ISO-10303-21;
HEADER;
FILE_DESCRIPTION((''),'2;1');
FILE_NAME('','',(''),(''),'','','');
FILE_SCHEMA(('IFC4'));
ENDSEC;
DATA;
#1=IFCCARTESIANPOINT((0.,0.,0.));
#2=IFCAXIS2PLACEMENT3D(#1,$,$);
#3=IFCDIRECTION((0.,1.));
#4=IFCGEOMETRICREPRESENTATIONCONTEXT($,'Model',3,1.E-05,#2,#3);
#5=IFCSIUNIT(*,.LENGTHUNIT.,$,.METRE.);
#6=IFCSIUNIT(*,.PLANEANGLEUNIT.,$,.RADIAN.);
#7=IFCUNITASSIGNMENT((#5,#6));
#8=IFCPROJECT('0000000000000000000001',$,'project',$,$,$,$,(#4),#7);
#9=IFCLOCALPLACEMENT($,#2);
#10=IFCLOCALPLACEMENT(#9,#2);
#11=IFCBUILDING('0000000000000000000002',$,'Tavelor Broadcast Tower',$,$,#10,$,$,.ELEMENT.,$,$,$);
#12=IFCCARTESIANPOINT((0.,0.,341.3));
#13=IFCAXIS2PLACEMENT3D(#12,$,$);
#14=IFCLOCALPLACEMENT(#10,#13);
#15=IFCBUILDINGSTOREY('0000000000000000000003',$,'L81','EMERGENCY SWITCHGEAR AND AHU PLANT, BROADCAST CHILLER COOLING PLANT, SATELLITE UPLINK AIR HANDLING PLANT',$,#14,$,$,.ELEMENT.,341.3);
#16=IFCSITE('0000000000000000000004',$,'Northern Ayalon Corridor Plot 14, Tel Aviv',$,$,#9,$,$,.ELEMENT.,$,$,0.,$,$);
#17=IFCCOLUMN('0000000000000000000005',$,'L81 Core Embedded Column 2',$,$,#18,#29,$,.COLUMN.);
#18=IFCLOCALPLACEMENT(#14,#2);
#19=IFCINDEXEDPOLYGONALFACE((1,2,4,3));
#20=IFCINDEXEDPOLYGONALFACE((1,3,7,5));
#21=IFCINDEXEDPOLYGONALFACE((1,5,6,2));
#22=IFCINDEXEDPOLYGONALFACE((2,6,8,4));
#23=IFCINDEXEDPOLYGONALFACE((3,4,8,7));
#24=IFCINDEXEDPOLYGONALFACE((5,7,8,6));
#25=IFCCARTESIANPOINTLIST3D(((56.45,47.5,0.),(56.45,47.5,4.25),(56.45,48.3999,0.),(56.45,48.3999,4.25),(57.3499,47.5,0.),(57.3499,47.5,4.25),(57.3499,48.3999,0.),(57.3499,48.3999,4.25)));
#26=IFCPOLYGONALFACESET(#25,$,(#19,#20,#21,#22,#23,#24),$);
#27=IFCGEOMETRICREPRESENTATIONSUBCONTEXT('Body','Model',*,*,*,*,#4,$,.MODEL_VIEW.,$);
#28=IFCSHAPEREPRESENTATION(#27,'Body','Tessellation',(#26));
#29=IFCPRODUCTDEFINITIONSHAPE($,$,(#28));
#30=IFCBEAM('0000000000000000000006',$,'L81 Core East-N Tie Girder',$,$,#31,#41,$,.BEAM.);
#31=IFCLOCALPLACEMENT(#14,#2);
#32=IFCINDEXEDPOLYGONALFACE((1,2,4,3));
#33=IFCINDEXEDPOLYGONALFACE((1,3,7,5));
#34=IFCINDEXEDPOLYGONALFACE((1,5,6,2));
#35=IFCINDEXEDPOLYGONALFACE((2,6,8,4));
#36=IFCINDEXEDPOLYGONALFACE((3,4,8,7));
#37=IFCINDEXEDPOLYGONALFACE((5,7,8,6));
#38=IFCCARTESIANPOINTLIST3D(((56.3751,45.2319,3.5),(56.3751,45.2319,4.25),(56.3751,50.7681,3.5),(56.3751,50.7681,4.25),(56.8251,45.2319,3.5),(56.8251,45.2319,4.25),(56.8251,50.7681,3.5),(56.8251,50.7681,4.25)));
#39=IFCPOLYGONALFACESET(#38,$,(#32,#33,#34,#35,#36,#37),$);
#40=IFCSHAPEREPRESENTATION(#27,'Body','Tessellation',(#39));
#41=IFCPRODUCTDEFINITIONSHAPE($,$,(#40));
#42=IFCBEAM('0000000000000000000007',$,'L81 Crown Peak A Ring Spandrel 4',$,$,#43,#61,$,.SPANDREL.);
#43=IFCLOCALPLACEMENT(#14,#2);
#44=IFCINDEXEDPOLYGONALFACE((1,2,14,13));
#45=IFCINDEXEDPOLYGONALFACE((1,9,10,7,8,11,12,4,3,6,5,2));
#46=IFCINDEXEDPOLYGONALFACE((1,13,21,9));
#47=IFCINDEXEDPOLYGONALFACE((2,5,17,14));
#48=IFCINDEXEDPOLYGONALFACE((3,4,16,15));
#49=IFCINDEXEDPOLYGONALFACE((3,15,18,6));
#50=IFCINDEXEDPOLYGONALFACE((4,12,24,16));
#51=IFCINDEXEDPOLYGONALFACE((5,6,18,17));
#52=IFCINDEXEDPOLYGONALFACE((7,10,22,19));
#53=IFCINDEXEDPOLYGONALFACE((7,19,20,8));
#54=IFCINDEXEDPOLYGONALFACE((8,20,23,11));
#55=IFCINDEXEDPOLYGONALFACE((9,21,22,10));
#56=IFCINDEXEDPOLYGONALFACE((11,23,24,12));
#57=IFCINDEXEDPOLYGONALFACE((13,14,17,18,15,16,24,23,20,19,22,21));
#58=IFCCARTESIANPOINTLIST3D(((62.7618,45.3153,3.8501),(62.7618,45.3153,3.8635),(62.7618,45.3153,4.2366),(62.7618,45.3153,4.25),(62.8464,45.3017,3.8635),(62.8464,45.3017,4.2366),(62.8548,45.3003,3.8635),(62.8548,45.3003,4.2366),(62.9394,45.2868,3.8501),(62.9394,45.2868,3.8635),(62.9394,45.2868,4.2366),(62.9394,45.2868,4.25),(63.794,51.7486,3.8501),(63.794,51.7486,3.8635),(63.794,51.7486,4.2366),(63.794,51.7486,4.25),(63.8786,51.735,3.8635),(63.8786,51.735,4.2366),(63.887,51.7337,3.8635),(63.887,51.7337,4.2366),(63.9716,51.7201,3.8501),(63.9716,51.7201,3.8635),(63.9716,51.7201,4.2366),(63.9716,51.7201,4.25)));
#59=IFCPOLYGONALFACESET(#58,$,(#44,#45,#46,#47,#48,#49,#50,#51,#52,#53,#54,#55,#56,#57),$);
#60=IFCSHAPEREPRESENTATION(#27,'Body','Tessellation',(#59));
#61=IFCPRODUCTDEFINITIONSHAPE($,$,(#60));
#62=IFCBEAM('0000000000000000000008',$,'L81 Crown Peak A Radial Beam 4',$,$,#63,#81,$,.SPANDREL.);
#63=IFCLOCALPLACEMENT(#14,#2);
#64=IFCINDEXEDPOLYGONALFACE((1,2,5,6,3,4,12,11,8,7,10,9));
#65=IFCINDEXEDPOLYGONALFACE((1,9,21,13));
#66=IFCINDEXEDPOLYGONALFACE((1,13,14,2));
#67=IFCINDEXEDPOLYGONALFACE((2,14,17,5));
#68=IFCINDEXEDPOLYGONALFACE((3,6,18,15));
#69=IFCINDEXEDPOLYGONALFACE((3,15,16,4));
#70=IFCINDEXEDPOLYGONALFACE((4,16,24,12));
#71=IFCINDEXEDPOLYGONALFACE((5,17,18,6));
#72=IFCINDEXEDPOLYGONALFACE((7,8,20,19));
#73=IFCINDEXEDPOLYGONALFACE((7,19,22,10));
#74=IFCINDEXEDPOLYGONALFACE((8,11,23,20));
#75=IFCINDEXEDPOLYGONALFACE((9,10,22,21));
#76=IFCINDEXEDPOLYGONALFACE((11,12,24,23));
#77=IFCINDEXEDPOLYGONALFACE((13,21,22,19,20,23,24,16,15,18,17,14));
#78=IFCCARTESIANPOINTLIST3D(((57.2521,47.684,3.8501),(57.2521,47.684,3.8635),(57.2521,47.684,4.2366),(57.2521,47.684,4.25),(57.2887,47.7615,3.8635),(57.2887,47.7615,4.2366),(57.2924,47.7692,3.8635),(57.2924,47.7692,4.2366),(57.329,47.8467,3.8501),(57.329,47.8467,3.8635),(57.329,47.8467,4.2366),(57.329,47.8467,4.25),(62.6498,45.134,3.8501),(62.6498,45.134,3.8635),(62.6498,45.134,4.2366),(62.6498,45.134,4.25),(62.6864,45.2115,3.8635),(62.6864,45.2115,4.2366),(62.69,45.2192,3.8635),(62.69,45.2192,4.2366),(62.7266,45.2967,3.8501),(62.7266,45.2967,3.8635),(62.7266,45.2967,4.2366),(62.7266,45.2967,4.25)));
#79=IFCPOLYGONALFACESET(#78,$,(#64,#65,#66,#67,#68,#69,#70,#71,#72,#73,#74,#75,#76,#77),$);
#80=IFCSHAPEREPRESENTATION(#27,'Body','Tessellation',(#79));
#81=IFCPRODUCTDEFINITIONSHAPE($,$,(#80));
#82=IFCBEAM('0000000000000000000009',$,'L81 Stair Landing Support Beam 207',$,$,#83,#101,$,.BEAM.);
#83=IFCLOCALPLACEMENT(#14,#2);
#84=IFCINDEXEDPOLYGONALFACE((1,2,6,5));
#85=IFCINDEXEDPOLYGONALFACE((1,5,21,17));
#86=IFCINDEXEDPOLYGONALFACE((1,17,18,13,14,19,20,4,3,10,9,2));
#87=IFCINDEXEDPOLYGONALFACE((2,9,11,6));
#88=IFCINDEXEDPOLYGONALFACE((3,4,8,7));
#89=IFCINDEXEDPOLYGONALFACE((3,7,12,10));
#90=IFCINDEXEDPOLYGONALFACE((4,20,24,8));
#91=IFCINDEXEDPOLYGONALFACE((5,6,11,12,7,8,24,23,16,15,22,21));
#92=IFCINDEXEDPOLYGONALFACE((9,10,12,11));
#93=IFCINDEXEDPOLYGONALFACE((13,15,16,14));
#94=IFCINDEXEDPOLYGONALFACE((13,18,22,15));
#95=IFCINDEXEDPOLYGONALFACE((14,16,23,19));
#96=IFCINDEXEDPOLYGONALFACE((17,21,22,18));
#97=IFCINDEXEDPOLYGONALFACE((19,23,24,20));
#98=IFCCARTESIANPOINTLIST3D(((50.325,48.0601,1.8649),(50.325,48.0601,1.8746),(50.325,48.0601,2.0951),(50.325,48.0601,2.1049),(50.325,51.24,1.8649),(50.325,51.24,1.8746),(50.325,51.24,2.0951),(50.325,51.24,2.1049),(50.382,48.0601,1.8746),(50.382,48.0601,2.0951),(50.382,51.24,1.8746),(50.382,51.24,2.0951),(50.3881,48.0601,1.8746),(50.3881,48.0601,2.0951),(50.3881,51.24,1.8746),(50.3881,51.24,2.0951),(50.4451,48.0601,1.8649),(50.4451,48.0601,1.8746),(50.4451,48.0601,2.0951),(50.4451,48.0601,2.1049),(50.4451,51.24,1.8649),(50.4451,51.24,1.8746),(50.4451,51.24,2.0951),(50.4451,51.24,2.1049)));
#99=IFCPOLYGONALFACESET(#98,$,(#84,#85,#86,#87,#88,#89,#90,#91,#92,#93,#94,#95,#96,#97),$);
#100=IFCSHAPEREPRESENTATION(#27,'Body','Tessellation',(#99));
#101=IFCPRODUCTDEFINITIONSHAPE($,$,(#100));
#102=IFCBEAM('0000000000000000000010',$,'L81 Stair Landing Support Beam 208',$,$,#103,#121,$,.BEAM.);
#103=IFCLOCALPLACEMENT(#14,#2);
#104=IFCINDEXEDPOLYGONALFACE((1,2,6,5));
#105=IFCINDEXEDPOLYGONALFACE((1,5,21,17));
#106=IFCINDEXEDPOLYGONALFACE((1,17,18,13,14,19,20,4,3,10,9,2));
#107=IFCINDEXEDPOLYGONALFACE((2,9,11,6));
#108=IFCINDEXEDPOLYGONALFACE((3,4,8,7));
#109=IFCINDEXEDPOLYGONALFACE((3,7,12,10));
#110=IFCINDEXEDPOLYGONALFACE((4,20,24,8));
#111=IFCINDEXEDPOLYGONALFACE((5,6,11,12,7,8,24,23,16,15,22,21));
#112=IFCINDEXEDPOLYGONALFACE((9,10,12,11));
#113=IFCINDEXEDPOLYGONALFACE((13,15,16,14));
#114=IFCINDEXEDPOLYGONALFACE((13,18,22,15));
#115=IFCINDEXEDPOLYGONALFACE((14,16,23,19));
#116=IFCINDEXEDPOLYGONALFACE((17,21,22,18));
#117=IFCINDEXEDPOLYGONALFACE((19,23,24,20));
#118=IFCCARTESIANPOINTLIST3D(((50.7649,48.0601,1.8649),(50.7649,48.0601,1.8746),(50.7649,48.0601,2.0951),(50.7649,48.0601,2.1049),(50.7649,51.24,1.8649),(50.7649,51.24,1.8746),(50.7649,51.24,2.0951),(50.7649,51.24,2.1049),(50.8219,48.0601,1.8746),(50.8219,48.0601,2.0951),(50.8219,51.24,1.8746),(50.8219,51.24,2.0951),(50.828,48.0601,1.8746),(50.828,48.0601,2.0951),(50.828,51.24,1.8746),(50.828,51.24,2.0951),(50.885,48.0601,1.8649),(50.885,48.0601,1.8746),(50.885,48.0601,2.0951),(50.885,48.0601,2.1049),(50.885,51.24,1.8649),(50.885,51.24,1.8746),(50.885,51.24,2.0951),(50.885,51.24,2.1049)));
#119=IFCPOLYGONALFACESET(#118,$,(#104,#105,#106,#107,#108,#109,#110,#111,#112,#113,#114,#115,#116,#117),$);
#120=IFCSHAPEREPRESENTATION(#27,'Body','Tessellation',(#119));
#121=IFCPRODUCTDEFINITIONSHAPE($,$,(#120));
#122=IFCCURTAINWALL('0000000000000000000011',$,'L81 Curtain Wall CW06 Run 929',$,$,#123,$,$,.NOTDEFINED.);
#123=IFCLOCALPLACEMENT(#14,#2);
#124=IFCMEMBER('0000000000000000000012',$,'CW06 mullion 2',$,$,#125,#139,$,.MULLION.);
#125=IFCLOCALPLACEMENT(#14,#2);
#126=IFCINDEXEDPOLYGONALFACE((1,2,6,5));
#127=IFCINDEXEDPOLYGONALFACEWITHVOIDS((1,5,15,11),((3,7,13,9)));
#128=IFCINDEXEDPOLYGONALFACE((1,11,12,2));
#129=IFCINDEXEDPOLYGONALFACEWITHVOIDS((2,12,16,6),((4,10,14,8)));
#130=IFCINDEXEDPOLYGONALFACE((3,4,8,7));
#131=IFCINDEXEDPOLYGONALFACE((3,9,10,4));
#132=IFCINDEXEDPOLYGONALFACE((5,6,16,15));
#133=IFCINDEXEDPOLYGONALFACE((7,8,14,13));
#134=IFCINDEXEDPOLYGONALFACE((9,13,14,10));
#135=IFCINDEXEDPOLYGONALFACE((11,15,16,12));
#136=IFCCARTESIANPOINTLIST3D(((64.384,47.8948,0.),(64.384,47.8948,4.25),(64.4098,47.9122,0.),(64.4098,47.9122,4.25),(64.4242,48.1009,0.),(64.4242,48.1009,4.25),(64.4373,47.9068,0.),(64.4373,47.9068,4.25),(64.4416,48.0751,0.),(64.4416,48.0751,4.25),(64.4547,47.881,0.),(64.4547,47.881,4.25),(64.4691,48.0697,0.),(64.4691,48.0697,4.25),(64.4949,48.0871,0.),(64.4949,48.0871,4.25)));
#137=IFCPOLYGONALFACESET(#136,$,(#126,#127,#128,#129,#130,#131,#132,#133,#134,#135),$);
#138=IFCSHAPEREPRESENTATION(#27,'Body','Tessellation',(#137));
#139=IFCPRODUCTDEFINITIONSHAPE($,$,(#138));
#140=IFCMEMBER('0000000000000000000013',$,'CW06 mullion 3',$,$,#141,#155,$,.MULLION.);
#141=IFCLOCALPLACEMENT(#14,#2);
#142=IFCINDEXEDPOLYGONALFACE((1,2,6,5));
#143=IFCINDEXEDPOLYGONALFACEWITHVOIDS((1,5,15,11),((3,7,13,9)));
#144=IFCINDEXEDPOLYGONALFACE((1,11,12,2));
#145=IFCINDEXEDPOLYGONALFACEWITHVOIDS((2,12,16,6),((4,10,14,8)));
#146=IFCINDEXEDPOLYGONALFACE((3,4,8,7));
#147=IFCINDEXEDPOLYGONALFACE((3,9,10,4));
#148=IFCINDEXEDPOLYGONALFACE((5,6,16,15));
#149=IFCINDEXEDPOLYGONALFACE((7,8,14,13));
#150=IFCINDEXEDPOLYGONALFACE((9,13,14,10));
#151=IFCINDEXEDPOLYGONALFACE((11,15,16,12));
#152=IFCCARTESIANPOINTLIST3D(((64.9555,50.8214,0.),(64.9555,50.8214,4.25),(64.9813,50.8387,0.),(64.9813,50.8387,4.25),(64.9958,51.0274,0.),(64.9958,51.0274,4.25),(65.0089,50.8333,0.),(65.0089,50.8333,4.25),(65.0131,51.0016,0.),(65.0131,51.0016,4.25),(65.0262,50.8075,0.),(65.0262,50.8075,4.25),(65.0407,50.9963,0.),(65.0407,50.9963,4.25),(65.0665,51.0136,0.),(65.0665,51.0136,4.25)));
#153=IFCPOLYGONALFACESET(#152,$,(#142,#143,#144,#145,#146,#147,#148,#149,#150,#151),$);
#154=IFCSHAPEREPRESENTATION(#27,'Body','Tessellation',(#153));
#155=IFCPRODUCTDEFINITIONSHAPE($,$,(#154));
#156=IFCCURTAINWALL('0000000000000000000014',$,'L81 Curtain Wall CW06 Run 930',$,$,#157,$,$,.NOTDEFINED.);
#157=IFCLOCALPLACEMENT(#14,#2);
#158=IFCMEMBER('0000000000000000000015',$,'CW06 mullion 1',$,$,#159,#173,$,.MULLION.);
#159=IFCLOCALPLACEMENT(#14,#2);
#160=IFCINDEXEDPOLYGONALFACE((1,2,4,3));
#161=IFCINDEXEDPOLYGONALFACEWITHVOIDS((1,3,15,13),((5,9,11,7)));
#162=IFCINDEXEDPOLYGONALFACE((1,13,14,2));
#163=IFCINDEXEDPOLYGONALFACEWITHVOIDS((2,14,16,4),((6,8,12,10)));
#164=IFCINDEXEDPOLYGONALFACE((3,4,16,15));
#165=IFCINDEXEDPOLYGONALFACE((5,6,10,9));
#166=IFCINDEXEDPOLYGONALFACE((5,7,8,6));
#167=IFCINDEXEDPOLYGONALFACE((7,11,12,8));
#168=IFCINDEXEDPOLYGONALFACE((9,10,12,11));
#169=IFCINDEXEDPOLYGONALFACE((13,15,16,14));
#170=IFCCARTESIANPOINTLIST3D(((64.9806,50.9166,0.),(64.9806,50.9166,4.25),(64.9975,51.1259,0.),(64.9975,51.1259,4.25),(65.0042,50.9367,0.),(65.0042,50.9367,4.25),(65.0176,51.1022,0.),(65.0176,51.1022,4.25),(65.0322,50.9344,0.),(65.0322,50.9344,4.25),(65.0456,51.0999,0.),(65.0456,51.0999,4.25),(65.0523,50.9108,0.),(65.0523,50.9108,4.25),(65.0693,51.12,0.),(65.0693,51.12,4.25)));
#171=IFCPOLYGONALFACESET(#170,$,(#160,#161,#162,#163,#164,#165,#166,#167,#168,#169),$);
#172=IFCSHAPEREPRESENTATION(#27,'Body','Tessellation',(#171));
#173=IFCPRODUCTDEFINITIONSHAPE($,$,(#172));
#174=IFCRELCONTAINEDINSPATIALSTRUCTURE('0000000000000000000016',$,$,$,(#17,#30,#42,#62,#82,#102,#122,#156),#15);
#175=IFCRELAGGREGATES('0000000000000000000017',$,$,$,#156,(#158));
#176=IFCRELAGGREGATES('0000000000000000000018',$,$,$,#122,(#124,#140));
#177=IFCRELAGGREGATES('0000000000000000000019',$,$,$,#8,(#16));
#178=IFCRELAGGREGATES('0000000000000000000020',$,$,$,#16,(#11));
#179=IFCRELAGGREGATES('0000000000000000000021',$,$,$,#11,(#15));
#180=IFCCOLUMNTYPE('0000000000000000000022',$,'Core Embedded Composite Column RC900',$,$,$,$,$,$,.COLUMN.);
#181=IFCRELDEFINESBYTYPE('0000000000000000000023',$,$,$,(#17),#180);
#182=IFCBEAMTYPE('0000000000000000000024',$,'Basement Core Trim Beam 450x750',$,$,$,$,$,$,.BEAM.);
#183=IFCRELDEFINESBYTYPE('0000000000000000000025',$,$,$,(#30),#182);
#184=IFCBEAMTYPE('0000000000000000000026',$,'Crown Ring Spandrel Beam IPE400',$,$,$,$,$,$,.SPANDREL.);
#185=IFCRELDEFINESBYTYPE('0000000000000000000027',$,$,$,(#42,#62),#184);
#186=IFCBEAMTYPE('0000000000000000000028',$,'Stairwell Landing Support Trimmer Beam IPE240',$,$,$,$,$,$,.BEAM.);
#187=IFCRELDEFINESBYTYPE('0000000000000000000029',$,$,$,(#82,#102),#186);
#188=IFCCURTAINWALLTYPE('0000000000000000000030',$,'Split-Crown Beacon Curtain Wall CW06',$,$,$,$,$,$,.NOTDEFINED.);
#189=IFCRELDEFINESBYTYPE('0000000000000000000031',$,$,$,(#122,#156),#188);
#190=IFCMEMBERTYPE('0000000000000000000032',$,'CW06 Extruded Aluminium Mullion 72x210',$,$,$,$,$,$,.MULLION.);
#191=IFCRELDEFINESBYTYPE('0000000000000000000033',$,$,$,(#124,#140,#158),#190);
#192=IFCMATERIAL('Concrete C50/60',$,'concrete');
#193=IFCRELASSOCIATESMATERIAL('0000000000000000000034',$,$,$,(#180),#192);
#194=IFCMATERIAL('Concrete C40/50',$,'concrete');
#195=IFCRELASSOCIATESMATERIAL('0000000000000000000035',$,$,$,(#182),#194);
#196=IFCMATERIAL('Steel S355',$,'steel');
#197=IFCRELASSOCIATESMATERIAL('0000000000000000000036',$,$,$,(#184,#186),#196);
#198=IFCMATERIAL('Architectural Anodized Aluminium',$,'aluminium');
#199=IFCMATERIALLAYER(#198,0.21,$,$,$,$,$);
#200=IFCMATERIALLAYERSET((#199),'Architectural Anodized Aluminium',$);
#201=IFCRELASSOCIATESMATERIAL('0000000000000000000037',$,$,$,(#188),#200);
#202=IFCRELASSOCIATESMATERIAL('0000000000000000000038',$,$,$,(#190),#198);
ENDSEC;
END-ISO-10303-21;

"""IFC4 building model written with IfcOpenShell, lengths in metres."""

from ifc_helpers import new_model, si_unit, direction, frame, origin, origin_2d, place, context, subcontext, project, spatial, rectangle, hollow_rectangle, i_section, extrude, source, transform, mapped, material, layer, layer_set, material_profile, profile_set, type_object, type_shapes, element, aggregate, save


model = new_model("IFC4")

# Units and contexts
model_context = context("Model", 3, precision=1e-05, world=origin(), true_north=direction((0.0, 1.0)))
body_context = subcontext(model_context, "Body", "Model", "MODEL_VIEW")
ifc_project = project(units=[si_unit("LENGTHUNIT", "METRE"), si_unit("PLANEANGLEUNIT", "RADIAN")], contexts=[model_context])

# Site, building, storey
site_placement = place(None, origin())
site = spatial("IfcSite", under=ifc_project, at=site_placement, Name="Northern Ayalon Corridor Plot 14, Tel Aviv", CompositionType="ELEMENT", RefElevation=0.0)
building_placement = place(site_placement, origin())
building = spatial("IfcBuilding", under=site, at=building_placement, Name="Tavelor Broadcast Tower", CompositionType="ELEMENT")
storey_placement = place(building_placement, frame((0.0, 0.0, 341.3)))
storey = spatial("IfcBuildingStorey", under=building, at=storey_placement, Name="L81", Description="EMERGENCY SWITCHGEAR AND AHU PLANT, BROADCAST CHILLER COOLING PLANT, SATELLITE UPLINK AIR HANDLING PLANT", CompositionType="ELEMENT", Elevation=341.3)

# Column
ifc_material_1 = material(Name="Concrete C50/60", Category="concrete")
ifc_material_profile_1 = material_profile(ifc_material_1, rectangle(XDim=0.8999, YDim=0.8999, at=origin_2d()), Name="RC 900x900")
ifc_profile_set_1 = profile_set([ifc_material_profile_1], Name="Concrete C50/60")
column_type = type_object("IfcColumnType", Name="Core Embedded Composite Column RC900", PredefinedType="COLUMN", material=ifc_profile_set_1)
column_placement = place(storey_placement, frame((56.8999, 47.95, 0.0), z_axis=(0.0, 0.0, 1.0), x_axis=(1.0, 0.0, 0.0)))
element("IfcColumn", 1, at=column_placement, inside=storey, type_object=column_type, Name="L81 Core Embedded Column 2", PredefinedType="COLUMN", context=body_context, shape_type="SweptSolid", body=[
    extrude(rectangle(XDim=0.8999, YDim=0.8999, at=origin_2d()), origin(), (0.0, 0.0, 1.0), 4.25),
])

# Beams
ifc_material_2 = material(Name="Concrete C40/50", Category="concrete")
ifc_material_profile_2 = material_profile(ifc_material_2, rectangle(XDim=0.45, YDim=0.75, at=origin_2d()), Name="RC 450x750")
ifc_profile_set_2 = profile_set([ifc_material_profile_2], Name="Concrete C40/50")
beam_type_1 = type_object("IfcBeamType", Name="Basement Core Trim Beam 450x750", PredefinedType="BEAM", material=ifc_profile_set_2)
beam_1_placement = place(storey_placement, frame((56.6001, 45.2319, 3.875), z_axis=(0.0, 1.0, 0.0), x_axis=(-1.0, 0.0, 0.0)))
element("IfcBeam", 2, at=beam_1_placement, inside=storey, type_object=beam_type_1, Name="L81 Core East-N Tie Girder", PredefinedType="BEAM", context=body_context, shape_type="SweptSolid", body=[
    extrude(rectangle(XDim=0.45, YDim=0.75, at=origin_2d()), origin(), (0.0, 0.0, 1.0), 5.5361),
])
ifc_material_3 = material(Name="Steel S355", Category="steel")
ifc_material_profile_3 = material_profile(ifc_material_3, i_section(OverallWidth=0.1799, OverallDepth=0.3999, WebThickness=0.0085, FlangeThickness=0.0134, at=origin_2d()), Name="IPE 400")
ifc_profile_set_3 = profile_set([ifc_material_profile_3], Name="Steel S355")
beam_type_2 = type_object("IfcBeamType", Name="Crown Ring Spandrel Beam IPE400", PredefinedType="SPANDREL", material=ifc_profile_set_3)
beam_2_placement = place(storey_placement, frame((62.8506, 45.301, 4.05), z_axis=(0.158423, 0.987371, 0.0), x_axis=(-0.987371, 0.158423, 0.0)))
element("IfcBeam", 3, at=beam_2_placement, inside=storey, type_object=beam_type_2, Name="L81 Crown Peak A Ring Spandrel 4", PredefinedType="SPANDREL", context=body_context, shape_type="SweptSolid", body=[
    extrude(i_section(OverallWidth=0.1799, OverallDepth=0.3999, WebThickness=0.0085, FlangeThickness=0.0134, at=origin_2d()), origin(), (0.0, 0.0, 1.0), 6.5156),
])
beam_3_placement = place(storey_placement, frame((57.2905, 47.7654, 4.05), z_axis=(0.904175, -0.427161, 0.0), x_axis=(0.427161, 0.904175, 0.0)))
element("IfcBeam", 4, at=beam_3_placement, inside=storey, type_object=beam_type_2, Name="L81 Crown Peak A Radial Beam 4", PredefinedType="SPANDREL", context=body_context, shape_type="SweptSolid", body=[
    extrude(i_section(OverallWidth=0.1799, OverallDepth=0.3999, WebThickness=0.0085, FlangeThickness=0.0134, at=origin_2d()), origin(), (0.0, 0.0, 1.0), 5.9697),
])
ifc_material_profile_4 = material_profile(ifc_material_3, i_section(OverallWidth=0.1201, OverallDepth=0.24, WebThickness=0.0061, FlangeThickness=0.0098, at=origin_2d()), Name="IPE 240")
ifc_profile_set_4 = profile_set([ifc_material_profile_4], Name="Steel S355")
beam_type_3 = type_object("IfcBeamType", Name="Stairwell Landing Support Trimmer Beam IPE240", PredefinedType="BEAM", material=ifc_profile_set_4)
for number, where, z_axis, x_axis, name in (
    (5, (50.385, 48.0601, 1.9849), (0.0, 1.0, 0.0), (-1.0, 0.0, 0.0), "L81 Stair Landing Support Beam 207"),
    (6, (50.825, 48.0601, 1.9849), (0.0, 1.0, 0.0), (-1.0, 0.0, 0.0), "L81 Stair Landing Support Beam 208"),
):
    element("IfcBeam", number, at=place(storey_placement, frame(where, z_axis=z_axis, x_axis=x_axis)), inside=storey, type_object=beam_type_3, Name=name, PredefinedType="BEAM", context=body_context, shape_type="SweptSolid", body=[
        extrude(i_section(OverallWidth=0.1201, OverallDepth=0.24, WebThickness=0.0061, FlangeThickness=0.0098, at=origin_2d()), origin(), (0.0, 0.0, 1.0), 3.1799),
    ])

# Curtain wall, members
ifc_material_4 = material(Name="Architectural Anodized Aluminium", Category="aluminium")
ifc_layer_1 = layer(ifc_material_4, 0.21)
ifc_layer_set_1 = layer_set([ifc_layer_1], Name="Architectural Anodized Aluminium")
curtain_wall_type = type_object("IfcCurtainWallType", Name="Split-Crown Beacon Curtain Wall CW06", PredefinedType="NOTDEFINED", material=ifc_layer_set_1)
curtain_wall_1_placement = place(storey_placement, origin())
curtain_wall_1 = element("IfcCurtainWall", 7, at=curtain_wall_1_placement, inside=storey, type_object=curtain_wall_type, Name="L81 Curtain Wall CW06 Run 929", PredefinedType="NOTDEFINED")
ifc_material_profile_5 = material_profile(ifc_material_4, hollow_rectangle(XDim=0.072, YDim=0.21, WallThickness=0.022, at=origin_2d()), Name="RHS 72x210x22")
ifc_profile_set_5 = profile_set([ifc_material_profile_5], Name="Architectural Anodized Aluminium")
member_type_1 = type_object("IfcMemberType", Name="CW06 Extruded Aluminium Mullion 72x210", PredefinedType="MULLION", material=ifc_profile_set_5)
shared_shape_1 = source(origin(), body_context, "Body", "SweptSolid", [
    extrude(hollow_rectangle(XDim=0.072, YDim=0.21, WallThickness=0.022, at=origin_2d()), origin(), (0.0, 0.0, 1.0), 4.25),
])
type_shapes(member_type_1, [shared_shape_1])
member_1_placement = place(storey_placement, frame((64.4395, 47.991, 0.0), z_axis=(0.0, 0.0, 1.0), x_axis=(-0.981452, 0.191707, 0.0)))
member_1 = element("IfcMember", 8, at=member_1_placement, type_object=member_type_1, Name="CW06 mullion 2", PredefinedType="MULLION", context=body_context, shape_type="MappedRepresentation", body=[
    mapped(shared_shape_1, transform((0.0, 0.0, 0.0), scale=1.0)),
])
member_2_placement = place(storey_placement, frame((65.011, 50.9175, 0.0), z_axis=(0.0, 0.0, 1.0), x_axis=(-0.981452, 0.191707, 0.0)))
member_2 = element("IfcMember", 9, at=member_2_placement, type_object=member_type_1, Name="CW06 mullion 3", PredefinedType="MULLION", context=body_context, shape_type="MappedRepresentation", body=[
    mapped(shared_shape_1, transform((0.0, 0.0, 0.0), scale=1.0)),
])

# Curtain wall, member
curtain_wall_2_placement = place(storey_placement, origin())
curtain_wall_2 = element("IfcCurtainWall", 10, at=curtain_wall_2_placement, inside=storey, type_object=curtain_wall_type, Name="L81 Curtain Wall CW06 Run 930", PredefinedType="NOTDEFINED")
member_3_placement = place(storey_placement, frame((65.0249, 51.0183, 0.0), z_axis=(0.0, 0.0, 1.0), x_axis=(-0.996751, 0.080539, 0.0)))
member_3 = element("IfcMember", 11, at=member_3_placement, type_object=member_type_1, Name="CW06 mullion 1", PredefinedType="MULLION", context=body_context, shape_type="MappedRepresentation", body=[
    mapped(shared_shape_1, transform((0.0, 0.0, 0.0), scale=1.0)),
])

aggregate(curtain_wall_2, [member_3])

aggregate(curtain_wall_1, [member_1, member_2])

save(model, "model.ifc")
